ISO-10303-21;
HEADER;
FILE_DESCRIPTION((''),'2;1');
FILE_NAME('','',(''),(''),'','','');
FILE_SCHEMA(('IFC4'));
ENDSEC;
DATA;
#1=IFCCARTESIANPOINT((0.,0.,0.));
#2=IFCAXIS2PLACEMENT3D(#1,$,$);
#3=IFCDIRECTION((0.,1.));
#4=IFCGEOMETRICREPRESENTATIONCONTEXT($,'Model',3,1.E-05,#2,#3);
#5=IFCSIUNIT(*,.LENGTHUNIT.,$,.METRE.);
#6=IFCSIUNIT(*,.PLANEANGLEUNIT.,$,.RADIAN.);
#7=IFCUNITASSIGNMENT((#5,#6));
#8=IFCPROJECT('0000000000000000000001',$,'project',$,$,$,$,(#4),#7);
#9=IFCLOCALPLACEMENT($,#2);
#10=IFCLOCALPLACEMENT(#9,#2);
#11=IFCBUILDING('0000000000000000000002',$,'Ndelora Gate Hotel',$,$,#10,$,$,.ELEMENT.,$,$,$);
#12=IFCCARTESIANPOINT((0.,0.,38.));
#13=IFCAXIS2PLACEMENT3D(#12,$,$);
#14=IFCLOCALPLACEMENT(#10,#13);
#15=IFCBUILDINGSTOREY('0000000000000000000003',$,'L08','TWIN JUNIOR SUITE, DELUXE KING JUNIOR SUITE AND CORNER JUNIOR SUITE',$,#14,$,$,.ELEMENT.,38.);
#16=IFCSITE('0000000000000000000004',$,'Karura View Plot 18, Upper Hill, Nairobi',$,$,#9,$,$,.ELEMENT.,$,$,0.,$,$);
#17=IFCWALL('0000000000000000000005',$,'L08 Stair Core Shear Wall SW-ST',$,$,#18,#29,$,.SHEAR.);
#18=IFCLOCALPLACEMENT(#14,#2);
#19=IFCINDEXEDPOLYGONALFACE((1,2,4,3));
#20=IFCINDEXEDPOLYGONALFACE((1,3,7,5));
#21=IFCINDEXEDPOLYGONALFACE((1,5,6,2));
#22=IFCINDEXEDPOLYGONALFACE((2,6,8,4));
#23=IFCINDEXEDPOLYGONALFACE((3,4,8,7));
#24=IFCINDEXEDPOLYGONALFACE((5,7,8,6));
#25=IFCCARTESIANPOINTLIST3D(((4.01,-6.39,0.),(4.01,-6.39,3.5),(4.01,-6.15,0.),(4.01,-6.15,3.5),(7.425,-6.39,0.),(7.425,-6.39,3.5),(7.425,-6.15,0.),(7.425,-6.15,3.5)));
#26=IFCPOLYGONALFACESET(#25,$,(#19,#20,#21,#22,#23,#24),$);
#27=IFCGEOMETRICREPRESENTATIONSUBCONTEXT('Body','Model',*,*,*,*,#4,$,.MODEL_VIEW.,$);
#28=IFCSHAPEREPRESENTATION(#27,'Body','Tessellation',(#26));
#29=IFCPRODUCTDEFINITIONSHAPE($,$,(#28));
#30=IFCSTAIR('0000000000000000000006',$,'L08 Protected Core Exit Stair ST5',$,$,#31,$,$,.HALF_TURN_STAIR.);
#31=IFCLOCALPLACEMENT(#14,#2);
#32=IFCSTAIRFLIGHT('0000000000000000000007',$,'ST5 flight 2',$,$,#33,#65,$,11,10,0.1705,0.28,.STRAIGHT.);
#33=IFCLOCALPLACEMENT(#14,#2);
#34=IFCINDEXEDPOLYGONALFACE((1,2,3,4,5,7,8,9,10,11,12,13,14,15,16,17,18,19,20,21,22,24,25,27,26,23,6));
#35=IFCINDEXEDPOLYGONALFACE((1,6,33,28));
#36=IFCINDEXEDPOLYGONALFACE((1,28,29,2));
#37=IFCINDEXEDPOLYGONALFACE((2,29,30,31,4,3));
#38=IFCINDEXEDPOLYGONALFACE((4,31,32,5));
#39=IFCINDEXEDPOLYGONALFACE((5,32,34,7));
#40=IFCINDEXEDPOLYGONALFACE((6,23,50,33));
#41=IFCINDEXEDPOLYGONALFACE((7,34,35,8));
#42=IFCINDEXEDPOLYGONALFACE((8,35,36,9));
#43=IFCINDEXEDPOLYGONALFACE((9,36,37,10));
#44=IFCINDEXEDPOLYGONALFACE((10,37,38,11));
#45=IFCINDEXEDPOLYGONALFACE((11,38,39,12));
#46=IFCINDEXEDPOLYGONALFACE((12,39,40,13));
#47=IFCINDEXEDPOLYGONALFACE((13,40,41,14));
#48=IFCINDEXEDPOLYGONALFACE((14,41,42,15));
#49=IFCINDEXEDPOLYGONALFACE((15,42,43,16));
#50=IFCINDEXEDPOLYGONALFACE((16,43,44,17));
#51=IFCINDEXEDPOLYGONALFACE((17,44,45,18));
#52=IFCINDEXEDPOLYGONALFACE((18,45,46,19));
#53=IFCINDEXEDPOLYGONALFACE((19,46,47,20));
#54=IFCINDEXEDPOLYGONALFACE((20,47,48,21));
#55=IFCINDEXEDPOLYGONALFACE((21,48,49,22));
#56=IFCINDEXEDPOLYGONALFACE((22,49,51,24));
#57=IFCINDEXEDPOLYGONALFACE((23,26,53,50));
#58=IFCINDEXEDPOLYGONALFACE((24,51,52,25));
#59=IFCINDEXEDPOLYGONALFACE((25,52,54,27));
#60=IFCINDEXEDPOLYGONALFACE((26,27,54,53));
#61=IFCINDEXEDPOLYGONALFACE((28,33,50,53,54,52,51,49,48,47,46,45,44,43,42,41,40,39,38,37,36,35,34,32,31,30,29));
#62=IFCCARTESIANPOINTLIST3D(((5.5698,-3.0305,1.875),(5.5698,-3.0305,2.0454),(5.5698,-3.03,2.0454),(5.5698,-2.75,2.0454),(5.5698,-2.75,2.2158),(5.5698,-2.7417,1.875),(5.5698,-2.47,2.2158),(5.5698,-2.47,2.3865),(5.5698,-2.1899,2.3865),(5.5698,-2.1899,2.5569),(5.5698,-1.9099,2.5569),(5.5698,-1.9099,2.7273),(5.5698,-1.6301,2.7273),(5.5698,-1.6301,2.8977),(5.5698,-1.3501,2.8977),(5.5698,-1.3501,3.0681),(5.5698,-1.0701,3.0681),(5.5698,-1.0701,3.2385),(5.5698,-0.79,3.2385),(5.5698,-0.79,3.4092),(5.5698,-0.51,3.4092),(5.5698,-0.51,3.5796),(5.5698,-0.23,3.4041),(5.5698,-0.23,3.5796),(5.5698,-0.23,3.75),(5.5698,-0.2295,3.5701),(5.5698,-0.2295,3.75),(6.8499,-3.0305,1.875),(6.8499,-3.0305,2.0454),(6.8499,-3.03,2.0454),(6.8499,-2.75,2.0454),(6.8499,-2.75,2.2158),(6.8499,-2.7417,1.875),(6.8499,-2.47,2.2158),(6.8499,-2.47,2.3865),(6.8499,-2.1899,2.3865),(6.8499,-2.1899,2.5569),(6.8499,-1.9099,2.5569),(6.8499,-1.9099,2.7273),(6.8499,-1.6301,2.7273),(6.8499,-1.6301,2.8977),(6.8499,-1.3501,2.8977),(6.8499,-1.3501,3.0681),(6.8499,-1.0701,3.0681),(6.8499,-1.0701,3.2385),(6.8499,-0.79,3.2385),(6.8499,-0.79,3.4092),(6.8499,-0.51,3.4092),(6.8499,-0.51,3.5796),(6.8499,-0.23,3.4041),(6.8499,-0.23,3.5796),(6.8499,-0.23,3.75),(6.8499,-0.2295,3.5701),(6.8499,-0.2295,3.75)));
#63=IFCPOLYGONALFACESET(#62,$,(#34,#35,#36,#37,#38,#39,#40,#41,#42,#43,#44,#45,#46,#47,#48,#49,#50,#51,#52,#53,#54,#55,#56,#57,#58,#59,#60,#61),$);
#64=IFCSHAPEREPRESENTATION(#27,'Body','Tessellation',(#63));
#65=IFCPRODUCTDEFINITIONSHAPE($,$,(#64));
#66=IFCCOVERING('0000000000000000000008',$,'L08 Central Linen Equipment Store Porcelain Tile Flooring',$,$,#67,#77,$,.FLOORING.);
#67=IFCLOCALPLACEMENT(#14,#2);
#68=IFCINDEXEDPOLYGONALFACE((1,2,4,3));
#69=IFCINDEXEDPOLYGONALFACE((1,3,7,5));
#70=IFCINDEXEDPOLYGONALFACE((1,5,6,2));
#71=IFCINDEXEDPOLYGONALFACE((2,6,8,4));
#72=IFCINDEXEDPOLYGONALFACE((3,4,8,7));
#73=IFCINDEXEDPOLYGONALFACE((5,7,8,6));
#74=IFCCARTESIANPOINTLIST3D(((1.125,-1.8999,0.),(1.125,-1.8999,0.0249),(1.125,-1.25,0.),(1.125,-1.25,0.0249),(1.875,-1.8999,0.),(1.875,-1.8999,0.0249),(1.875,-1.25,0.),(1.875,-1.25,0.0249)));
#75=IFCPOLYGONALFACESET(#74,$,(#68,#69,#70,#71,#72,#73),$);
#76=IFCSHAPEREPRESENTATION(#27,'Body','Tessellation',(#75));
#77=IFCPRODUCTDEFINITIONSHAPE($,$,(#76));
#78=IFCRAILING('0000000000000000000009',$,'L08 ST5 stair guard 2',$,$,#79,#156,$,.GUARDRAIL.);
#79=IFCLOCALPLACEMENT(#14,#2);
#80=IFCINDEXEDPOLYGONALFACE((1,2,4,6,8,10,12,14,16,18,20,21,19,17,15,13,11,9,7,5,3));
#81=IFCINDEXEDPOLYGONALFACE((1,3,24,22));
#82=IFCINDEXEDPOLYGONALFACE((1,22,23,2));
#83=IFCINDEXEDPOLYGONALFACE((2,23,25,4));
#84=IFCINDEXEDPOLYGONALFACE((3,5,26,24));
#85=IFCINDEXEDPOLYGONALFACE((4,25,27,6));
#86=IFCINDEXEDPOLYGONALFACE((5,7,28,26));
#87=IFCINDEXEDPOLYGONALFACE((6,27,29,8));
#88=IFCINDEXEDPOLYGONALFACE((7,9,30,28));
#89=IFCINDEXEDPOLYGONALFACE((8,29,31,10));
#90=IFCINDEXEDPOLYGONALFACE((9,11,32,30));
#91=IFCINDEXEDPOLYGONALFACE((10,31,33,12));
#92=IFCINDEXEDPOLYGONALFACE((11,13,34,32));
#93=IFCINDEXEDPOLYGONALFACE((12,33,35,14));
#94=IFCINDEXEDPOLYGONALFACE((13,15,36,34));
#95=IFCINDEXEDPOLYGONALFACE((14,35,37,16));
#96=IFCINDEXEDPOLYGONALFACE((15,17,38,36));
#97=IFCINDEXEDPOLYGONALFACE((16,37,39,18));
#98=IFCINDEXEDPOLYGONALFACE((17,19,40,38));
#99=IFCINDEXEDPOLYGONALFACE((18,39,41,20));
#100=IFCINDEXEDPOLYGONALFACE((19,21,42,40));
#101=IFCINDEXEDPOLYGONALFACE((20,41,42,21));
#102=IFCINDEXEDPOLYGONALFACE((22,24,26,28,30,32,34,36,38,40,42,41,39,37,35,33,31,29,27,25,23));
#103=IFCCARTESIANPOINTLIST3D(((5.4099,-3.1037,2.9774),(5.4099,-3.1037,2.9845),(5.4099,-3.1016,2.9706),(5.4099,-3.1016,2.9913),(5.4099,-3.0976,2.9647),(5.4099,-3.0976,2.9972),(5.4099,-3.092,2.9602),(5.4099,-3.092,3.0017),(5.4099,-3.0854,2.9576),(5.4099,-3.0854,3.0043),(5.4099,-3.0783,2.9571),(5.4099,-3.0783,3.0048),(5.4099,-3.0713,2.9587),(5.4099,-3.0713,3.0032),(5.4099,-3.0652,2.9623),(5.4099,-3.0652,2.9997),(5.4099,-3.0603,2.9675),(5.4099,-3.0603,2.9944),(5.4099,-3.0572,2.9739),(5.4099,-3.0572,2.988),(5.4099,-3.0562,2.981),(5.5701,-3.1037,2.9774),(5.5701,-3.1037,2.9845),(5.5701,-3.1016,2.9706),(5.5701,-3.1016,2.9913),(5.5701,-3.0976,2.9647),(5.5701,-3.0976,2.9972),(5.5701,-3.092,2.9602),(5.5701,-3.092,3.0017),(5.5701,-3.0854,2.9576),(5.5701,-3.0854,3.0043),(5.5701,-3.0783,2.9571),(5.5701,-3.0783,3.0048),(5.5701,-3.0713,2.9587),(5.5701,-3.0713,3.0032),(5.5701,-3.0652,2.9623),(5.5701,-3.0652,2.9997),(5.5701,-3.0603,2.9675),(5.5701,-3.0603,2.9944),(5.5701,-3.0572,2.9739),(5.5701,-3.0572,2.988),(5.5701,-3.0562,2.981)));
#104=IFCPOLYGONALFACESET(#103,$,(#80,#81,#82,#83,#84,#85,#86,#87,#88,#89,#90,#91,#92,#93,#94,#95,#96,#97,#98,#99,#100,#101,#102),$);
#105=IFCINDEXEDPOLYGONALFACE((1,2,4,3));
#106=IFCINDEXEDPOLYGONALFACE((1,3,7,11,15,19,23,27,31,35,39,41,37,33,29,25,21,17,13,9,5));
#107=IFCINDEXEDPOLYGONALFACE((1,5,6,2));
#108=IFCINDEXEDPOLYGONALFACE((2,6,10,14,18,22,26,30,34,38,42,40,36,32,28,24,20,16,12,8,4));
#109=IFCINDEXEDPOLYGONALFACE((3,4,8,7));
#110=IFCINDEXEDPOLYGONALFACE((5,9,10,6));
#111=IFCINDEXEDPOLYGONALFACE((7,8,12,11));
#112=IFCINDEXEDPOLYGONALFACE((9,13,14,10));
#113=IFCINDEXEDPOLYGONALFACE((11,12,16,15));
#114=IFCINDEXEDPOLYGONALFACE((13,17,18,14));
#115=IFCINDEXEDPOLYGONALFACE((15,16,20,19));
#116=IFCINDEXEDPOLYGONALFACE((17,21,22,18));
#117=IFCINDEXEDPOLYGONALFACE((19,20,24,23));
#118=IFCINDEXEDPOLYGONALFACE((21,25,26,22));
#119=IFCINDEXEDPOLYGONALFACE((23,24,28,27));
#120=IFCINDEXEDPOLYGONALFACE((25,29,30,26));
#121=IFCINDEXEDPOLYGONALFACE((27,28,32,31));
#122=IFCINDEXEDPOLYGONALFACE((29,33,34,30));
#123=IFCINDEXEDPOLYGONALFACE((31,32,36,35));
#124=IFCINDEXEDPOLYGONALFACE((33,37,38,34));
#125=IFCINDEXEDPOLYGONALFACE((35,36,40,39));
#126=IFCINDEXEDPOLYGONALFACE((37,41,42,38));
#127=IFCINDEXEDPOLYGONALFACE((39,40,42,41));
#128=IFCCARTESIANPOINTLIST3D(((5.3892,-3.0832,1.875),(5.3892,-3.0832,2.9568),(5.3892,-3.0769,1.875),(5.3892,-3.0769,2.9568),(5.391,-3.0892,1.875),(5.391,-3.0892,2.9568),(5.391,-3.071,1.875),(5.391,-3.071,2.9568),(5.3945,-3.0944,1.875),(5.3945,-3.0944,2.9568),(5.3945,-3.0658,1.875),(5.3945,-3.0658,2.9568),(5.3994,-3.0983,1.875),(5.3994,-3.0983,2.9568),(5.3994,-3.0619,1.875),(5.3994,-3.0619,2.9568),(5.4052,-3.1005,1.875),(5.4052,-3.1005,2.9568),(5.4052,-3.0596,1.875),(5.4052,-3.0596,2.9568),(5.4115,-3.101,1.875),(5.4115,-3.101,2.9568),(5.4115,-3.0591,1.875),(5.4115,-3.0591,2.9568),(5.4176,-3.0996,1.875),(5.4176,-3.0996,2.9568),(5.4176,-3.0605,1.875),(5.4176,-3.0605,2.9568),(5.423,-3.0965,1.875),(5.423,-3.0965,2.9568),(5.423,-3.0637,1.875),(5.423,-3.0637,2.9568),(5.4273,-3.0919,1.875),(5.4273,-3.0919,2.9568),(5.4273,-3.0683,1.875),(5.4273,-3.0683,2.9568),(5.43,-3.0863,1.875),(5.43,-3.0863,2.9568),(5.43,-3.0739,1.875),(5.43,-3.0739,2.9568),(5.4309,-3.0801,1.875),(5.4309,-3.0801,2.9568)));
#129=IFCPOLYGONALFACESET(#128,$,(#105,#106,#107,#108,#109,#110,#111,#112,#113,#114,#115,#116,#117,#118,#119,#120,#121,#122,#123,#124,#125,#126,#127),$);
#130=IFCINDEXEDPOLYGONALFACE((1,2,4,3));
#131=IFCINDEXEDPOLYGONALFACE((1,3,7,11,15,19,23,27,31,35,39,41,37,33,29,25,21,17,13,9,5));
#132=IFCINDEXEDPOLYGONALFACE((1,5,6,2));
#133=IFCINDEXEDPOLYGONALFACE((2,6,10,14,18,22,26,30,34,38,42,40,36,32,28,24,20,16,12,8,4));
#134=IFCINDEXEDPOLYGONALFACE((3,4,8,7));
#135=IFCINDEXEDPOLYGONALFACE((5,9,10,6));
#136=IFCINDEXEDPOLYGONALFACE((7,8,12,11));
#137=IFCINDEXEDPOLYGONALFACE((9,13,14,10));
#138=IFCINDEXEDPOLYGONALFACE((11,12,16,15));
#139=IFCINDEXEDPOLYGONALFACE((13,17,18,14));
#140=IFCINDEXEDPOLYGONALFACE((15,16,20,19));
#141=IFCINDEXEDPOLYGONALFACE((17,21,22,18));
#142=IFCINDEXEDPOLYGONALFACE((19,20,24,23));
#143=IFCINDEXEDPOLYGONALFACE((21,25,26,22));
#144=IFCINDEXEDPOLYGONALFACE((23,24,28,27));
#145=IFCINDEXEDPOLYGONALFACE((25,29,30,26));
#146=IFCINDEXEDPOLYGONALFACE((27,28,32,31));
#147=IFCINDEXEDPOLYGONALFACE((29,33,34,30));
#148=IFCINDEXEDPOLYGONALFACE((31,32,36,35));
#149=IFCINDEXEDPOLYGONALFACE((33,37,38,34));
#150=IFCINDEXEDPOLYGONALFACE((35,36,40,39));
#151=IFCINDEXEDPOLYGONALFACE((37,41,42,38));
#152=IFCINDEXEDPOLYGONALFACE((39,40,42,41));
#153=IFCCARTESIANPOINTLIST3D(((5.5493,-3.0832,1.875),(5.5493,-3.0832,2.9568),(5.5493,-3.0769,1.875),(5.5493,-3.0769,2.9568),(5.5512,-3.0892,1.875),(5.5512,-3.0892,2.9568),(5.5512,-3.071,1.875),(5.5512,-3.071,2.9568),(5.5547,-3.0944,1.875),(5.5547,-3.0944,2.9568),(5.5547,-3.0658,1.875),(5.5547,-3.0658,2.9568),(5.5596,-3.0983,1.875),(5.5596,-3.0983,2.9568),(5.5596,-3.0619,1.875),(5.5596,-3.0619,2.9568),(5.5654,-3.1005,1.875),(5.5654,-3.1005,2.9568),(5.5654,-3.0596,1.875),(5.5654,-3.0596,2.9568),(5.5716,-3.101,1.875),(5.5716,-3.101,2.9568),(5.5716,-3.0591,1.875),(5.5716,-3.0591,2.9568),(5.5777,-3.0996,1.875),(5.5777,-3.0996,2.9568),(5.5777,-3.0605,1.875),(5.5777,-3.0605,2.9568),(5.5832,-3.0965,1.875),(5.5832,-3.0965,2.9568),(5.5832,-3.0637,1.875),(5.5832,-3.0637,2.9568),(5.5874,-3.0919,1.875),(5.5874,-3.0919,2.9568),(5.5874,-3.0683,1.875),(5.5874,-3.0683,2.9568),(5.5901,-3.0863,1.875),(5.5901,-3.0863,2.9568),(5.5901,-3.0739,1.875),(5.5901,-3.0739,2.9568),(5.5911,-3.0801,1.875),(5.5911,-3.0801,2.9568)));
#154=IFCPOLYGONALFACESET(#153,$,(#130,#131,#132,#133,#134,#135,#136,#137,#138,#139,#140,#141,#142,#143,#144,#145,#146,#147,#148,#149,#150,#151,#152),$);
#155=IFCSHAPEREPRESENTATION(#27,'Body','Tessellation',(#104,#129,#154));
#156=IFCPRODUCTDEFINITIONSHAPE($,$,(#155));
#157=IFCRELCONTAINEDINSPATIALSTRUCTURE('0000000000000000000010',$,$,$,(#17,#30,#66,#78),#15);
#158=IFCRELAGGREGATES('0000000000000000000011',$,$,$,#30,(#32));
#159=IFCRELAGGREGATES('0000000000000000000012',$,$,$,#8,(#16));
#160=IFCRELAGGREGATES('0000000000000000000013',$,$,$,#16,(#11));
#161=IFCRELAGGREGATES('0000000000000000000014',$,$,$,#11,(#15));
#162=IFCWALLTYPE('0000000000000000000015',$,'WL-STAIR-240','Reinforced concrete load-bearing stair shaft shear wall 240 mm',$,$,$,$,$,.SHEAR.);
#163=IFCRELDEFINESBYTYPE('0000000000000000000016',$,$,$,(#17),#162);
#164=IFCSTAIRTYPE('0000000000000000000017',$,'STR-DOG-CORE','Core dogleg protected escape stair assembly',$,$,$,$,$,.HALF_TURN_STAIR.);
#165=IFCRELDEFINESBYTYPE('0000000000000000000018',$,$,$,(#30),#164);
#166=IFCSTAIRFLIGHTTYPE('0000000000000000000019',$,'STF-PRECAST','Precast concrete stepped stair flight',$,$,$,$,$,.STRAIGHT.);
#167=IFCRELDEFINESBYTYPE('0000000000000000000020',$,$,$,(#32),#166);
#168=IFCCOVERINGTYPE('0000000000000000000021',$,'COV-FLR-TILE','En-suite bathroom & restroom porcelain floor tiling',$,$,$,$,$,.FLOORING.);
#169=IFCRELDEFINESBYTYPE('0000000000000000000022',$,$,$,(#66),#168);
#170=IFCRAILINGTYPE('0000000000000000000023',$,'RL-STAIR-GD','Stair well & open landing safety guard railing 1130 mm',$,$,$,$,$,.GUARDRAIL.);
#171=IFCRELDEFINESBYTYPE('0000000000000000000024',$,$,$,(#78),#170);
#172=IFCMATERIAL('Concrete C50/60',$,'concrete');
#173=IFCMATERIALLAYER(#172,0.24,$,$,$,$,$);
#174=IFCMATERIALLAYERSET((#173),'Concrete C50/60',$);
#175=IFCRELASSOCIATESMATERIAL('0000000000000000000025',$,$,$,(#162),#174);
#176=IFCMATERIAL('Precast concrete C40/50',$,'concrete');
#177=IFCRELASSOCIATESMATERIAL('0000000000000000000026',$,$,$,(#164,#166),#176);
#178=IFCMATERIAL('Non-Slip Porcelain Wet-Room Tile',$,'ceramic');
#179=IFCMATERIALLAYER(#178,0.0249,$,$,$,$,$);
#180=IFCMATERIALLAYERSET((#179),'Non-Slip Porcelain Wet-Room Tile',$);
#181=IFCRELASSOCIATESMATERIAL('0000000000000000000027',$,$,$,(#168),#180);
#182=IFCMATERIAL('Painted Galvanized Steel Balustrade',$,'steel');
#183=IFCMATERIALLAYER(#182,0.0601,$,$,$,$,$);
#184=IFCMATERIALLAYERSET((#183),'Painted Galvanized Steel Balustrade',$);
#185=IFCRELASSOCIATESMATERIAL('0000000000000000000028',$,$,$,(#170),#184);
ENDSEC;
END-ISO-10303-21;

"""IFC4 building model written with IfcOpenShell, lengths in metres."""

from ifc_helpers import new_model, si_unit, direction, frame, frame_2d, origin, origin_2d, place, context, subcontext, project, spatial, polyline, rectangle, circle, outline, extrude, material, layer, layer_set, type_object, element, aggregate, save


model = new_model("IFC4")

# Units and contexts
model_context = context("Model", 3, precision=1e-05, world=origin(), true_north=direction((0.0, 1.0)))
body_context = subcontext(model_context, "Body", "Model", "MODEL_VIEW")
ifc_project = project(units=[si_unit("LENGTHUNIT", "METRE"), si_unit("PLANEANGLEUNIT", "RADIAN")], contexts=[model_context])

# Site, building, storey
site_placement = place(None, origin())
site = spatial("IfcSite", under=ifc_project, at=site_placement, Name="Karura View Plot 18, Upper Hill, Nairobi", CompositionType="ELEMENT", RefElevation=0.0)
building_placement = place(site_placement, origin())
building = spatial("IfcBuilding", under=site, at=building_placement, Name="Ndelora Gate Hotel", CompositionType="ELEMENT")
storey_placement = place(building_placement, frame((0.0, 0.0, 38.0)))
storey = spatial("IfcBuildingStorey", under=building, at=storey_placement, Name="L08", Description="TWIN JUNIOR SUITE, DELUXE KING JUNIOR SUITE AND CORNER JUNIOR SUITE", CompositionType="ELEMENT", Elevation=38.0)

# Wall
ifc_material_1 = material(Name="Concrete C50/60", Category="concrete")
ifc_layer_1 = layer(ifc_material_1, 0.24)
ifc_layer_set_1 = layer_set([ifc_layer_1], Name="Concrete C50/60")
wall_type_1 = type_object("IfcWallType", Name="WL-STAIR-240", Description="Reinforced concrete load-bearing stair shaft shear wall 240 mm", PredefinedType="SHEAR", material=ifc_layer_set_1)
wall_1_placement = place(storey_placement, frame((4.01, -6.27, 0.0), z_axis=(0.0, 0.0, 1.0), x_axis=(1.0, 0.0, 0.0)))
element("IfcWall", 1, at=wall_1_placement, inside=storey, type_object=wall_type_1, Name="L08 Stair Core Shear Wall SW-ST", PredefinedType="SHEAR", context=body_context, shape_type="SweptSolid", body=[
    extrude(rectangle(XDim=3.415, YDim=0.24, at=frame_2d((1.7075, 0.0))), origin(), (0.0, 0.0, 1.0), 3.5),
])

# Stair, stair flight
ifc_material_2 = material(Name="Precast concrete C40/50", Category="concrete")
stair_type = type_object("IfcStairType", Name="STR-DOG-CORE", Description="Core dogleg protected escape stair assembly", PredefinedType="HALF_TURN_STAIR", material=ifc_material_2)
stair_placement = place(storey_placement, origin())
stair = element("IfcStair", 2, at=stair_placement, inside=storey, type_object=stair_type, Name="L08 Protected Core Exit Stair ST5", PredefinedType="HALF_TURN_STAIR")
stair_flight_type = type_object("IfcStairFlightType", Name="STF-PRECAST", Description="Precast concrete stepped stair flight", PredefinedType="STRAIGHT", material=ifc_material_2)
stair_flight_placement = place(storey_placement, frame((6.21, -3.03, 1.875), z_axis=(0.0, 0.0, 1.0), x_axis=(0.0, 1.0, 0.0)))
stair_flight = element("IfcStairFlight", 3, at=stair_flight_placement, type_object=stair_flight_type, Name="ST5 flight 2", NumberOfRisers=11, NumberOfTreads=10, PredefinedType="STRAIGHT", RiserHeight=0.1705, TreadLength=0.28, context=body_context, shape_type="SweptSolid", body=[
    extrude(outline(polyline([(-0.0005, 0.0), (-0.0005, 0.1704), (0.0, 0.1704), (0.28, 0.1704), (0.28, 0.3408), (0.5601, 0.3408), (0.5601, 0.5115), (0.8401, 0.5115), (0.8401, 0.6819), (1.1201, 0.6819), (1.1201, 0.8523), (1.3999, 0.8523), (1.3999, 1.0227), (1.6799, 1.0227), (1.6799, 1.1931), (1.96, 1.1931), (1.96, 1.3635), (2.24, 1.3635), (2.24, 1.5342), (2.52, 1.5342), (2.52, 1.7046), (2.8, 1.7046), (2.8, 1.875), (2.8005, 1.875), (2.8005, 1.6951), (2.8, 1.5291), (0.2883, 0.0), (-0.0005, 0.0)])), frame((0.0, 0.6401, 0.0), z_axis=(0.0, -1.0, 0.0), x_axis=(1.0, 0.0, 0.0)), (0.0, 0.0, 1.0), 1.28),
])
aggregate(stair, [stair_flight])

# Covering
ifc_material_3 = material(Name="Non-Slip Porcelain Wet-Room Tile", Category="ceramic")
ifc_layer_2 = layer(ifc_material_3, 0.0249)
ifc_layer_set_2 = layer_set([ifc_layer_2], Name="Non-Slip Porcelain Wet-Room Tile")
covering_type = type_object("IfcCoveringType", Name="COV-FLR-TILE", Description="En-suite bathroom & restroom porcelain floor tiling", PredefinedType="FLOORING", material=ifc_layer_set_2)
covering_placement = place(storey_placement, frame((1.5, -1.575, 0.0), z_axis=(0.0, 0.0, 1.0), x_axis=(1.0, 0.0, 0.0)))
element("IfcCovering", 4, at=covering_placement, inside=storey, type_object=covering_type, Name="L08 Central Linen Equipment Store Porcelain Tile Flooring", PredefinedType="FLOORING", context=body_context, shape_type="SweptSolid", body=[
    extrude(rectangle(XDim=0.75, YDim=0.6499, at=origin_2d()), origin(), (0.0, 0.0, 1.0), 0.0249),
])

# Railing
ifc_material_4 = material(Name="Painted Galvanized Steel Balustrade", Category="steel")
ifc_layer_3 = layer(ifc_material_4, 0.0601)
ifc_layer_set_3 = layer_set([ifc_layer_3], Name="Painted Galvanized Steel Balustrade")
railing_type_1 = type_object("IfcRailingType", Name="RL-STAIR-GD", Description="Stair well & open landing safety guard railing 1130 mm", PredefinedType="GUARDRAIL", material=ifc_layer_set_3)
railing_1_placement = place(storey_placement, frame((5.4099, -3.0801, 1.875)))
element("IfcRailing", 5, at=railing_1_placement, inside=storey, type_object=railing_type_1, Name="L08 ST5 stair guard 2", PredefinedType="GUARDRAIL", context=body_context, shape_type="SweptSolid", body=[
    extrude(circle(Radius=0.0239, at=origin_2d()), frame((0.0, 0.0, 1.106), z_axis=(1.0, 0.0, 0.0), x_axis=(0.0, 1.0, 0.0)), (0.0, 0.0, 1.0), 0.1602),
    extrude(circle(Radius=0.021, at=origin_2d()), origin(), (0.0, 0.0, 1.0), 1.0818),
    extrude(circle(Radius=0.021, at=origin_2d()), frame((0.1602, 0.0, 0.0)), (0.0, 0.0, 1.0), 1.0818),
])

save(model, "model.ifc")
